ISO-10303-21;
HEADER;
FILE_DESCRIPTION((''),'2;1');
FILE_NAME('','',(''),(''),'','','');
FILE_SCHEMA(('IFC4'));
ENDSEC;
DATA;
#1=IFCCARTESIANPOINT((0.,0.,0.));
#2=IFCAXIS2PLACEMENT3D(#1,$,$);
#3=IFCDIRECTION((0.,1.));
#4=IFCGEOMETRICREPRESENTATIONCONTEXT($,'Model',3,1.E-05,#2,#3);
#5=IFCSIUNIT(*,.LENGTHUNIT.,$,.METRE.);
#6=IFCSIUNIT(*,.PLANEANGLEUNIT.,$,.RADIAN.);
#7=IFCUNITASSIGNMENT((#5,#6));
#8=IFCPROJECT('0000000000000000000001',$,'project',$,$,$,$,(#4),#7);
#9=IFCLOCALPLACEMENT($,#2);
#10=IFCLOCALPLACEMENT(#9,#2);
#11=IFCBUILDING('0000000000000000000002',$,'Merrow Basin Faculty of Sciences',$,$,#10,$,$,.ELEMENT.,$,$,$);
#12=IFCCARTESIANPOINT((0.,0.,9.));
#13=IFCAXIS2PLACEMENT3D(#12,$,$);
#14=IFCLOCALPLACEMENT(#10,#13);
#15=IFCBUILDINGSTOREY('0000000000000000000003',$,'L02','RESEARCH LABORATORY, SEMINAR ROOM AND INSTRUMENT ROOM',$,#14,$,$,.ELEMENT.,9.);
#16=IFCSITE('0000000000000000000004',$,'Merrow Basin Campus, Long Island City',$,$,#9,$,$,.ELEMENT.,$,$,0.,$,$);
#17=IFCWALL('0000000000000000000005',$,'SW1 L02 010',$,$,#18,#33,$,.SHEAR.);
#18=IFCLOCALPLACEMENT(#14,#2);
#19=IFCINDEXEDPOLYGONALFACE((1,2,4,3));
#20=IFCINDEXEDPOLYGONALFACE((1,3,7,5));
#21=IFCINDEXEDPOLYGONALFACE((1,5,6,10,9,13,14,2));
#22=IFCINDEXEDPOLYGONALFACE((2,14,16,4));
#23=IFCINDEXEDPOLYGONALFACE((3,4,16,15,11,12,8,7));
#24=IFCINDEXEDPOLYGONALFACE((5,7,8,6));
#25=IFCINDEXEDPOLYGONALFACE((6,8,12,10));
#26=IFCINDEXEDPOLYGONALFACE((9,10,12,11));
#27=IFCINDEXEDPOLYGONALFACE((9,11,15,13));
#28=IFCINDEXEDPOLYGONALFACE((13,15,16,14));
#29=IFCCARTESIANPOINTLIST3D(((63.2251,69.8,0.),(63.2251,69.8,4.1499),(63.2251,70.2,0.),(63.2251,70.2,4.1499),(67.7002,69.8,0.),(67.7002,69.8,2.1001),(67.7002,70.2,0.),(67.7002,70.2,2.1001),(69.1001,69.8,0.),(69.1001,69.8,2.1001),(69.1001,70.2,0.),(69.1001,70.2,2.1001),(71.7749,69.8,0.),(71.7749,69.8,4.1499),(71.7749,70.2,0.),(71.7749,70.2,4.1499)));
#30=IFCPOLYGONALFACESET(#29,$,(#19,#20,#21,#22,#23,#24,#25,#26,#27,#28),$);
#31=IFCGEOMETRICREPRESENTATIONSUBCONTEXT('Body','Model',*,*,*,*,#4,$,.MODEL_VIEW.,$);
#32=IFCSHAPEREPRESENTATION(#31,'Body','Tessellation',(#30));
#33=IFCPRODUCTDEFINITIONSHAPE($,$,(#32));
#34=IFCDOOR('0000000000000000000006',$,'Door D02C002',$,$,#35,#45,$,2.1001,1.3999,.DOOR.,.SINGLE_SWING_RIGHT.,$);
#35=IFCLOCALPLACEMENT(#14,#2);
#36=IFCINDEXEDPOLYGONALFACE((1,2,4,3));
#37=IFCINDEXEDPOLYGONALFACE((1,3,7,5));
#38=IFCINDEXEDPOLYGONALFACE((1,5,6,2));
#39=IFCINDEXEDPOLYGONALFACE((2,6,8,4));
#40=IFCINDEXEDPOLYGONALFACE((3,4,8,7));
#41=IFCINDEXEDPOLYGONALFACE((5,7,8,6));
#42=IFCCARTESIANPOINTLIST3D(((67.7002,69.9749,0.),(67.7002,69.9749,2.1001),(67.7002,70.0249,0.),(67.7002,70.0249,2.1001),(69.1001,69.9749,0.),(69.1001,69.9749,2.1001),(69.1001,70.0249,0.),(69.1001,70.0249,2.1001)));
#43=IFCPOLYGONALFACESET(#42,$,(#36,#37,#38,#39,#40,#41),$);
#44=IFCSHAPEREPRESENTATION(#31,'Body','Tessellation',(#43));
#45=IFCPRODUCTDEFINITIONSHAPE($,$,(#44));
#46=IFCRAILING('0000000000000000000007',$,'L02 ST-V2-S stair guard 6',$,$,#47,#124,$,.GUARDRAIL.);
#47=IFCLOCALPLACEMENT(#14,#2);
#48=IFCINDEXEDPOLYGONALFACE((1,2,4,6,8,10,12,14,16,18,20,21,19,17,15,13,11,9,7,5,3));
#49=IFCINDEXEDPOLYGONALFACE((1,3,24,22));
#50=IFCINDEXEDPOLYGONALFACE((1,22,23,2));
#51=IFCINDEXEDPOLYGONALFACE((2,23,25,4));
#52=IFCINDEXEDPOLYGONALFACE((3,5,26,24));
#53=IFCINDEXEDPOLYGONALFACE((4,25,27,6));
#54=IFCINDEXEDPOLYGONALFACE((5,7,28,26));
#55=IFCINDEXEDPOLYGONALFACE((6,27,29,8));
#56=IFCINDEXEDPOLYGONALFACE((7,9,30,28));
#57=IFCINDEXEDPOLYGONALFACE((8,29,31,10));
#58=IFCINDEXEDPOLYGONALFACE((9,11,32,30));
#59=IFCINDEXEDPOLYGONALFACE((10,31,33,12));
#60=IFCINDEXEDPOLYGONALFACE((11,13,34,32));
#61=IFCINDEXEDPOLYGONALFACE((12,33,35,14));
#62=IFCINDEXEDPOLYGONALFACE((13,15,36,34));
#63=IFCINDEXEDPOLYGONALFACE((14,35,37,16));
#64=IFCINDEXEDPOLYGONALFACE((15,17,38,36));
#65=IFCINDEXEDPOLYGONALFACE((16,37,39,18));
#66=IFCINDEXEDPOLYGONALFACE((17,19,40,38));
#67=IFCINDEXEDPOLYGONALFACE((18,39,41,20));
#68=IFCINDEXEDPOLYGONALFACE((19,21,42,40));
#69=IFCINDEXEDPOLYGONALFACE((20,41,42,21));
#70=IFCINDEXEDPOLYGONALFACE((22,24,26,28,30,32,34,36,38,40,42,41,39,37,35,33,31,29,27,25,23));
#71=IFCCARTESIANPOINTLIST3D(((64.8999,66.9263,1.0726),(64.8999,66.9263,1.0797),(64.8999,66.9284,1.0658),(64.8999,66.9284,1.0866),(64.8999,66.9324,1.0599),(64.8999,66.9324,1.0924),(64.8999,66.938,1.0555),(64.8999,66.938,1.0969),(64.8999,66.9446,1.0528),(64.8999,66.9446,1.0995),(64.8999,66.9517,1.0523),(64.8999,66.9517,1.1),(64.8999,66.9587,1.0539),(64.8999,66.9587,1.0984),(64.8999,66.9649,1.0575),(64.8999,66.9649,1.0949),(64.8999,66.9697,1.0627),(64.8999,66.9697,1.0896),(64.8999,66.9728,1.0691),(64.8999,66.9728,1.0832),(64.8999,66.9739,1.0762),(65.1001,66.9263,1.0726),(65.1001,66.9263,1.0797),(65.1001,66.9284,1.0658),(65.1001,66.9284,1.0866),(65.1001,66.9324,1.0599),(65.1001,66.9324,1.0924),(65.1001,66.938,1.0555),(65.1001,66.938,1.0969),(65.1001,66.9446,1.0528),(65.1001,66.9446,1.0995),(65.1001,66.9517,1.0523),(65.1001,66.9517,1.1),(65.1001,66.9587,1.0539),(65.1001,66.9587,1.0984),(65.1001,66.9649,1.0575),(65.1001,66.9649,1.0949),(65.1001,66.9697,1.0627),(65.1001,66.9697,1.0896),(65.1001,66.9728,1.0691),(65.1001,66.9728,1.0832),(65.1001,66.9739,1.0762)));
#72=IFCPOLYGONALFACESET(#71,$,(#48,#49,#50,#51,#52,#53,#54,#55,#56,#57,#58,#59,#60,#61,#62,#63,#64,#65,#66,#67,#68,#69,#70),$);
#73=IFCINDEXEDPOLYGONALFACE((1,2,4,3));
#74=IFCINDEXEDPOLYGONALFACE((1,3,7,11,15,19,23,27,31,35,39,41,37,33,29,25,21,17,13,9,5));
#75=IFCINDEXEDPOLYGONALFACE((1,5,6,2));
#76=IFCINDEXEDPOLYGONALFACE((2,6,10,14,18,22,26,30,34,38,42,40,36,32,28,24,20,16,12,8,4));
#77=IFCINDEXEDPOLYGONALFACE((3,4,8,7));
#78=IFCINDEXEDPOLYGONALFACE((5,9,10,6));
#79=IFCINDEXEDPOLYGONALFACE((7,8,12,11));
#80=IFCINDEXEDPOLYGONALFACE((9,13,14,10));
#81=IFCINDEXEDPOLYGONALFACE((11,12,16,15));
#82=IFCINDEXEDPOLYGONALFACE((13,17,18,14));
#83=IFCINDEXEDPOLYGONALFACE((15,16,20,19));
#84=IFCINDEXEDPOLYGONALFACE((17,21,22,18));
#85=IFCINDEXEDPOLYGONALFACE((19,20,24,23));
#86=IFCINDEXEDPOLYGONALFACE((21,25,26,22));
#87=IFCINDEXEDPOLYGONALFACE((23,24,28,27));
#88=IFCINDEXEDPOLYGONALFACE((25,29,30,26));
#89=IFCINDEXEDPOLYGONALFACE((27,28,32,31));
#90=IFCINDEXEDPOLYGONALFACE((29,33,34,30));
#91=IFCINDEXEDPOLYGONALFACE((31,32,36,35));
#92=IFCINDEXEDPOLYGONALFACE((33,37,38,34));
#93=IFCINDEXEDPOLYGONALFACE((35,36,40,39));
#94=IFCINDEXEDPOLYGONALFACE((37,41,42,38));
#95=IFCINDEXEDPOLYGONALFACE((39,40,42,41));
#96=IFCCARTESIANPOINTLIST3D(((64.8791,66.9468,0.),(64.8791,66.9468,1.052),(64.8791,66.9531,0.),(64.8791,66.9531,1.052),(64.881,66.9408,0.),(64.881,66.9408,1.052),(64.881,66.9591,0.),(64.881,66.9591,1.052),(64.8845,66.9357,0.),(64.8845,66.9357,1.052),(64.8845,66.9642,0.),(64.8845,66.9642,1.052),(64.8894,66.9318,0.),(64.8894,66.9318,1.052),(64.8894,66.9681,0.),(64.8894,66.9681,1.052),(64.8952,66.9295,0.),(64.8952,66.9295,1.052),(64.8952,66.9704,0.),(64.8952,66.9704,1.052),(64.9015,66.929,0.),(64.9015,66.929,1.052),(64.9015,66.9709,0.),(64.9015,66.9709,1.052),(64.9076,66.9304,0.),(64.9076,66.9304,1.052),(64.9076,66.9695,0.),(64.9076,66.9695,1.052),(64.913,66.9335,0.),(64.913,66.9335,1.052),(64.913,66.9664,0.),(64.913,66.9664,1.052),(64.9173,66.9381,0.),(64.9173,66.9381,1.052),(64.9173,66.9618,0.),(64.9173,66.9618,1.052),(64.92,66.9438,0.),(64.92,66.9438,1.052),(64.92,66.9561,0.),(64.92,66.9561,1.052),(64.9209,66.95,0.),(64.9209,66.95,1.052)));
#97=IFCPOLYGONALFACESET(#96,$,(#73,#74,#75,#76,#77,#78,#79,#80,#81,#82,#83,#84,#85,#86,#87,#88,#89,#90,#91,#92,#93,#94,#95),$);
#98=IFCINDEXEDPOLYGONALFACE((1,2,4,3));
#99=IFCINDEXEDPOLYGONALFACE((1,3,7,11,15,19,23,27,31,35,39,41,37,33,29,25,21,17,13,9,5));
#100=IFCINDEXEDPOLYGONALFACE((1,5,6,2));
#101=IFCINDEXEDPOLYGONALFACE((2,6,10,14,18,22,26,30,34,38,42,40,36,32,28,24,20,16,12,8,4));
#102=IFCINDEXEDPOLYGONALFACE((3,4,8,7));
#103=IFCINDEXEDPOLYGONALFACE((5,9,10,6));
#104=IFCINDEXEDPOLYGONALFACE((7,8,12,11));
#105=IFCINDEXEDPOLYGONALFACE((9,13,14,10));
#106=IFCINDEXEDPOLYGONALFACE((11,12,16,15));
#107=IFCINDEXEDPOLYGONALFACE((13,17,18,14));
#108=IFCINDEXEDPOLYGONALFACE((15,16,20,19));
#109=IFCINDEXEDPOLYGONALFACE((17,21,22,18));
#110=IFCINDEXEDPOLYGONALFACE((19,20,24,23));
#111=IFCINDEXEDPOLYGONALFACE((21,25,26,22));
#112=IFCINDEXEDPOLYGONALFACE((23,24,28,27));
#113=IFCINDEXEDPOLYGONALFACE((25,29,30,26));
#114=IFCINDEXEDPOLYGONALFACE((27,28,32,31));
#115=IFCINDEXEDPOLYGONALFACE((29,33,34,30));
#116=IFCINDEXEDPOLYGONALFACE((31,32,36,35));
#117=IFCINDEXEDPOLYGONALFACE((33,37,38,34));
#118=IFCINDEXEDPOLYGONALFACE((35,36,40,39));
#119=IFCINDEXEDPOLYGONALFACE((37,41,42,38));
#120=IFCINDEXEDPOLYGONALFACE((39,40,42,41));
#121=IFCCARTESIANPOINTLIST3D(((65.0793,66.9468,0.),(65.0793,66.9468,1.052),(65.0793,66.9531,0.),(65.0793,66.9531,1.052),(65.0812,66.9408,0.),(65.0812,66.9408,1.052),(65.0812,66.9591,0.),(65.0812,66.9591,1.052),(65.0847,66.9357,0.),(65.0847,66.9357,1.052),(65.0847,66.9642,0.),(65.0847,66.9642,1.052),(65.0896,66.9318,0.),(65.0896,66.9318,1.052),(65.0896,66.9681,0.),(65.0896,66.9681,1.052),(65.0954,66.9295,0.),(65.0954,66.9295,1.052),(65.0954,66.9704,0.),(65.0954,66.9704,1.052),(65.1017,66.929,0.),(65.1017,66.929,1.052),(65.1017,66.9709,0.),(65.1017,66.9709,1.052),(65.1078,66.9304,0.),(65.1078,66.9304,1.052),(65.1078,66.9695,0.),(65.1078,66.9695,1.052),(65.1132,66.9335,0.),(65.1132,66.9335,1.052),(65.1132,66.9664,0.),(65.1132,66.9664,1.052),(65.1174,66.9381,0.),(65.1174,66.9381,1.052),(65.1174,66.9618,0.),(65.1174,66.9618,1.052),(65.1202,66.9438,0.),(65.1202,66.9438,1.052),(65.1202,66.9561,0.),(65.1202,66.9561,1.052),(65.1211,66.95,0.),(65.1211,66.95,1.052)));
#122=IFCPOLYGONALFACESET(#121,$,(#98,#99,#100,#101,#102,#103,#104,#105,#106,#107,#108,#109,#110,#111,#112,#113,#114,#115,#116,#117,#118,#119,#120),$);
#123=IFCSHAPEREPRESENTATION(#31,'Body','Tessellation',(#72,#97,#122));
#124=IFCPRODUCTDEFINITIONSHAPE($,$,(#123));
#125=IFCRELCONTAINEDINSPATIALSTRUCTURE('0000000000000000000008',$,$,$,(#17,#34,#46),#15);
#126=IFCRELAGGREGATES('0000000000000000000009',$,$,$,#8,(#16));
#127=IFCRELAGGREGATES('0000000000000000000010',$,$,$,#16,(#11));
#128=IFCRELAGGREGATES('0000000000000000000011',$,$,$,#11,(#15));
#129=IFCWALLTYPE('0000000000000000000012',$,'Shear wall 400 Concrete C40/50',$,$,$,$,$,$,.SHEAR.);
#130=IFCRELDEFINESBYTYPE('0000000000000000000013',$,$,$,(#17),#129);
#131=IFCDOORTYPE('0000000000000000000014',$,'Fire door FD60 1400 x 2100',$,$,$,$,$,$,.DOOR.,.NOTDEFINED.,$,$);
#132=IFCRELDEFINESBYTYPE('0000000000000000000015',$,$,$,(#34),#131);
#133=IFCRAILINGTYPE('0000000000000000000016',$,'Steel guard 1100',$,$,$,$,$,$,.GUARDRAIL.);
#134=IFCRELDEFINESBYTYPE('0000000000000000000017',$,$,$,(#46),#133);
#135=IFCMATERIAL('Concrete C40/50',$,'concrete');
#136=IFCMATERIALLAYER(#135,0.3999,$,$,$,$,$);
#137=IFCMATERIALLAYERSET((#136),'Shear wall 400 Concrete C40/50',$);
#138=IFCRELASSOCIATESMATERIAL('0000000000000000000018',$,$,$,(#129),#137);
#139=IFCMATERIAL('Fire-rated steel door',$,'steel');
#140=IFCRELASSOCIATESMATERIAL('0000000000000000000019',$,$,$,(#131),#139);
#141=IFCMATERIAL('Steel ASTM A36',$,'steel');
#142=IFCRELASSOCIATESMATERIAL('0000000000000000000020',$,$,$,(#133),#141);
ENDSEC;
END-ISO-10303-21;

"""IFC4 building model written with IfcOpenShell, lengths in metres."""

from ifc_helpers import new_model, si_unit, direction, frame, frame_2d, origin, origin_2d, place, context, subcontext, project, spatial, rectangle, circle, extrude, material, layer, layer_set, type_object, element, fill, save


model = new_model("IFC4")

# Units and contexts
model_context = context("Model", 3, precision=1e-05, world=origin(), true_north=direction((0.0, 1.0)))
body_context = subcontext(model_context, "Body", "Model", "MODEL_VIEW")
ifc_project = project(units=[si_unit("LENGTHUNIT", "METRE"), si_unit("PLANEANGLEUNIT", "RADIAN")], contexts=[model_context])

# Site, building, storey
site_placement = place(None, origin())
site = spatial("IfcSite", under=ifc_project, at=site_placement, Name="Merrow Basin Campus, Long Island City", CompositionType="ELEMENT", RefElevation=0.0)
building_placement = place(site_placement, origin())
building = spatial("IfcBuilding", under=site, at=building_placement, Name="Merrow Basin Faculty of Sciences", CompositionType="ELEMENT")
storey_placement = place(building_placement, frame((0.0, 0.0, 9.0)))
storey = spatial("IfcBuildingStorey", under=building, at=storey_placement, Name="L02", Description="RESEARCH LABORATORY, SEMINAR ROOM AND INSTRUMENT ROOM", CompositionType="ELEMENT", Elevation=9.0)

# Wall, opening, door
ifc_material_1 = material(Name="Concrete C40/50", Category="concrete")
ifc_layer_1 = layer(ifc_material_1, 0.3999)
ifc_layer_set_1 = layer_set([ifc_layer_1], Name="Shear wall 400 Concrete C40/50")
wall_type_1 = type_object("IfcWallType", Name="Shear wall 400 Concrete C40/50", PredefinedType="SHEAR", material=ifc_layer_set_1)
wall_1_placement = place(storey_placement, frame((63.2251, 70.0, 0.0), z_axis=(0.0, 0.0, 1.0), x_axis=(1.0, 0.0, 0.0)))
wall_1 = element("IfcWall", 1, at=wall_1_placement, inside=storey, type_object=wall_type_1, Name="SW1 L02 010", PredefinedType="SHEAR", context=body_context, shape_type="SweptSolid", body=[
    extrude(rectangle(XDim=8.5498, YDim=0.3999, at=frame_2d((4.2749, 0.0))), origin(), (0.0, 0.0, 1.0), 4.1499),
])
opening_1_placement = place(wall_1_placement, frame((4.4751, 0.0, 0.0)))
opening_1 = element("IfcOpeningElement", 2, at=opening_1_placement, cuts=wall_1, PredefinedType="OPENING", context=body_context, shape_type="SweptSolid", body=[
    extrude(rectangle(XDim=1.3999, YDim=2.1001, at=frame_2d((0.7, 1.05))), frame((0.0, 0.21, 0.0), z_axis=(0.0, -1.0, 0.0), x_axis=(1.0, 0.0, 0.0)), (0.0, 0.0, 1.0), 0.4199),
])
ifc_material_2 = material(Name="Fire-rated steel door", Category="steel")
door_type_1 = type_object("IfcDoorType", Name="Fire door FD60 1400 x 2100", OperationType="NOTDEFINED", PredefinedType="DOOR", material=ifc_material_2)
door_1_placement = place(opening_1_placement, origin())
door_1 = element("IfcDoor", 3, at=door_1_placement, inside=storey, type_object=door_type_1, Name="Door D02C002", OperationType="SINGLE_SWING_RIGHT", OverallHeight=2.1001, OverallWidth=1.3999, PredefinedType="DOOR", context=body_context, shape_type="SweptSolid", body=[
    extrude(rectangle(XDim=1.3999, YDim=2.1001, at=frame_2d((0.7, 1.05))), frame((0.0, 0.0249, 0.0), z_axis=(0.0, -1.0, 0.0), x_axis=(1.0, 0.0, 0.0)), (0.0, 0.0, 1.0), 0.05),
])
fill(opening_1, door_1)

# Railing
ifc_material_3 = material(Name="Steel ASTM A36", Category="steel")
railing_type = type_object("IfcRailingType", Name="Steel guard 1100", PredefinedType="GUARDRAIL", material=ifc_material_3)
railing_1_placement = place(storey_placement, frame((64.8999, 66.95, 0.0)))
element("IfcRailing", 4, at=railing_1_placement, inside=storey, type_object=railing_type, Name="L02 ST-V2-S stair guard 6", PredefinedType="GUARDRAIL", context=body_context, shape_type="SweptSolid", body=[
    extrude(circle(Radius=0.0239, at=origin_2d()), frame((0.0, 0.0, 1.0762), z_axis=(1.0, 0.0, 0.0), x_axis=(0.0, 1.0, 0.0)), (0.0, 0.0, 1.0), 0.2002),
    extrude(circle(Radius=0.021, at=origin_2d()), origin(), (0.0, 0.0, 1.0), 1.052),
    extrude(circle(Radius=0.021, at=origin_2d()), frame((0.2002, 0.0, 0.0)), (0.0, 0.0, 1.0), 1.052),
])

save(model, "model.ifc")
